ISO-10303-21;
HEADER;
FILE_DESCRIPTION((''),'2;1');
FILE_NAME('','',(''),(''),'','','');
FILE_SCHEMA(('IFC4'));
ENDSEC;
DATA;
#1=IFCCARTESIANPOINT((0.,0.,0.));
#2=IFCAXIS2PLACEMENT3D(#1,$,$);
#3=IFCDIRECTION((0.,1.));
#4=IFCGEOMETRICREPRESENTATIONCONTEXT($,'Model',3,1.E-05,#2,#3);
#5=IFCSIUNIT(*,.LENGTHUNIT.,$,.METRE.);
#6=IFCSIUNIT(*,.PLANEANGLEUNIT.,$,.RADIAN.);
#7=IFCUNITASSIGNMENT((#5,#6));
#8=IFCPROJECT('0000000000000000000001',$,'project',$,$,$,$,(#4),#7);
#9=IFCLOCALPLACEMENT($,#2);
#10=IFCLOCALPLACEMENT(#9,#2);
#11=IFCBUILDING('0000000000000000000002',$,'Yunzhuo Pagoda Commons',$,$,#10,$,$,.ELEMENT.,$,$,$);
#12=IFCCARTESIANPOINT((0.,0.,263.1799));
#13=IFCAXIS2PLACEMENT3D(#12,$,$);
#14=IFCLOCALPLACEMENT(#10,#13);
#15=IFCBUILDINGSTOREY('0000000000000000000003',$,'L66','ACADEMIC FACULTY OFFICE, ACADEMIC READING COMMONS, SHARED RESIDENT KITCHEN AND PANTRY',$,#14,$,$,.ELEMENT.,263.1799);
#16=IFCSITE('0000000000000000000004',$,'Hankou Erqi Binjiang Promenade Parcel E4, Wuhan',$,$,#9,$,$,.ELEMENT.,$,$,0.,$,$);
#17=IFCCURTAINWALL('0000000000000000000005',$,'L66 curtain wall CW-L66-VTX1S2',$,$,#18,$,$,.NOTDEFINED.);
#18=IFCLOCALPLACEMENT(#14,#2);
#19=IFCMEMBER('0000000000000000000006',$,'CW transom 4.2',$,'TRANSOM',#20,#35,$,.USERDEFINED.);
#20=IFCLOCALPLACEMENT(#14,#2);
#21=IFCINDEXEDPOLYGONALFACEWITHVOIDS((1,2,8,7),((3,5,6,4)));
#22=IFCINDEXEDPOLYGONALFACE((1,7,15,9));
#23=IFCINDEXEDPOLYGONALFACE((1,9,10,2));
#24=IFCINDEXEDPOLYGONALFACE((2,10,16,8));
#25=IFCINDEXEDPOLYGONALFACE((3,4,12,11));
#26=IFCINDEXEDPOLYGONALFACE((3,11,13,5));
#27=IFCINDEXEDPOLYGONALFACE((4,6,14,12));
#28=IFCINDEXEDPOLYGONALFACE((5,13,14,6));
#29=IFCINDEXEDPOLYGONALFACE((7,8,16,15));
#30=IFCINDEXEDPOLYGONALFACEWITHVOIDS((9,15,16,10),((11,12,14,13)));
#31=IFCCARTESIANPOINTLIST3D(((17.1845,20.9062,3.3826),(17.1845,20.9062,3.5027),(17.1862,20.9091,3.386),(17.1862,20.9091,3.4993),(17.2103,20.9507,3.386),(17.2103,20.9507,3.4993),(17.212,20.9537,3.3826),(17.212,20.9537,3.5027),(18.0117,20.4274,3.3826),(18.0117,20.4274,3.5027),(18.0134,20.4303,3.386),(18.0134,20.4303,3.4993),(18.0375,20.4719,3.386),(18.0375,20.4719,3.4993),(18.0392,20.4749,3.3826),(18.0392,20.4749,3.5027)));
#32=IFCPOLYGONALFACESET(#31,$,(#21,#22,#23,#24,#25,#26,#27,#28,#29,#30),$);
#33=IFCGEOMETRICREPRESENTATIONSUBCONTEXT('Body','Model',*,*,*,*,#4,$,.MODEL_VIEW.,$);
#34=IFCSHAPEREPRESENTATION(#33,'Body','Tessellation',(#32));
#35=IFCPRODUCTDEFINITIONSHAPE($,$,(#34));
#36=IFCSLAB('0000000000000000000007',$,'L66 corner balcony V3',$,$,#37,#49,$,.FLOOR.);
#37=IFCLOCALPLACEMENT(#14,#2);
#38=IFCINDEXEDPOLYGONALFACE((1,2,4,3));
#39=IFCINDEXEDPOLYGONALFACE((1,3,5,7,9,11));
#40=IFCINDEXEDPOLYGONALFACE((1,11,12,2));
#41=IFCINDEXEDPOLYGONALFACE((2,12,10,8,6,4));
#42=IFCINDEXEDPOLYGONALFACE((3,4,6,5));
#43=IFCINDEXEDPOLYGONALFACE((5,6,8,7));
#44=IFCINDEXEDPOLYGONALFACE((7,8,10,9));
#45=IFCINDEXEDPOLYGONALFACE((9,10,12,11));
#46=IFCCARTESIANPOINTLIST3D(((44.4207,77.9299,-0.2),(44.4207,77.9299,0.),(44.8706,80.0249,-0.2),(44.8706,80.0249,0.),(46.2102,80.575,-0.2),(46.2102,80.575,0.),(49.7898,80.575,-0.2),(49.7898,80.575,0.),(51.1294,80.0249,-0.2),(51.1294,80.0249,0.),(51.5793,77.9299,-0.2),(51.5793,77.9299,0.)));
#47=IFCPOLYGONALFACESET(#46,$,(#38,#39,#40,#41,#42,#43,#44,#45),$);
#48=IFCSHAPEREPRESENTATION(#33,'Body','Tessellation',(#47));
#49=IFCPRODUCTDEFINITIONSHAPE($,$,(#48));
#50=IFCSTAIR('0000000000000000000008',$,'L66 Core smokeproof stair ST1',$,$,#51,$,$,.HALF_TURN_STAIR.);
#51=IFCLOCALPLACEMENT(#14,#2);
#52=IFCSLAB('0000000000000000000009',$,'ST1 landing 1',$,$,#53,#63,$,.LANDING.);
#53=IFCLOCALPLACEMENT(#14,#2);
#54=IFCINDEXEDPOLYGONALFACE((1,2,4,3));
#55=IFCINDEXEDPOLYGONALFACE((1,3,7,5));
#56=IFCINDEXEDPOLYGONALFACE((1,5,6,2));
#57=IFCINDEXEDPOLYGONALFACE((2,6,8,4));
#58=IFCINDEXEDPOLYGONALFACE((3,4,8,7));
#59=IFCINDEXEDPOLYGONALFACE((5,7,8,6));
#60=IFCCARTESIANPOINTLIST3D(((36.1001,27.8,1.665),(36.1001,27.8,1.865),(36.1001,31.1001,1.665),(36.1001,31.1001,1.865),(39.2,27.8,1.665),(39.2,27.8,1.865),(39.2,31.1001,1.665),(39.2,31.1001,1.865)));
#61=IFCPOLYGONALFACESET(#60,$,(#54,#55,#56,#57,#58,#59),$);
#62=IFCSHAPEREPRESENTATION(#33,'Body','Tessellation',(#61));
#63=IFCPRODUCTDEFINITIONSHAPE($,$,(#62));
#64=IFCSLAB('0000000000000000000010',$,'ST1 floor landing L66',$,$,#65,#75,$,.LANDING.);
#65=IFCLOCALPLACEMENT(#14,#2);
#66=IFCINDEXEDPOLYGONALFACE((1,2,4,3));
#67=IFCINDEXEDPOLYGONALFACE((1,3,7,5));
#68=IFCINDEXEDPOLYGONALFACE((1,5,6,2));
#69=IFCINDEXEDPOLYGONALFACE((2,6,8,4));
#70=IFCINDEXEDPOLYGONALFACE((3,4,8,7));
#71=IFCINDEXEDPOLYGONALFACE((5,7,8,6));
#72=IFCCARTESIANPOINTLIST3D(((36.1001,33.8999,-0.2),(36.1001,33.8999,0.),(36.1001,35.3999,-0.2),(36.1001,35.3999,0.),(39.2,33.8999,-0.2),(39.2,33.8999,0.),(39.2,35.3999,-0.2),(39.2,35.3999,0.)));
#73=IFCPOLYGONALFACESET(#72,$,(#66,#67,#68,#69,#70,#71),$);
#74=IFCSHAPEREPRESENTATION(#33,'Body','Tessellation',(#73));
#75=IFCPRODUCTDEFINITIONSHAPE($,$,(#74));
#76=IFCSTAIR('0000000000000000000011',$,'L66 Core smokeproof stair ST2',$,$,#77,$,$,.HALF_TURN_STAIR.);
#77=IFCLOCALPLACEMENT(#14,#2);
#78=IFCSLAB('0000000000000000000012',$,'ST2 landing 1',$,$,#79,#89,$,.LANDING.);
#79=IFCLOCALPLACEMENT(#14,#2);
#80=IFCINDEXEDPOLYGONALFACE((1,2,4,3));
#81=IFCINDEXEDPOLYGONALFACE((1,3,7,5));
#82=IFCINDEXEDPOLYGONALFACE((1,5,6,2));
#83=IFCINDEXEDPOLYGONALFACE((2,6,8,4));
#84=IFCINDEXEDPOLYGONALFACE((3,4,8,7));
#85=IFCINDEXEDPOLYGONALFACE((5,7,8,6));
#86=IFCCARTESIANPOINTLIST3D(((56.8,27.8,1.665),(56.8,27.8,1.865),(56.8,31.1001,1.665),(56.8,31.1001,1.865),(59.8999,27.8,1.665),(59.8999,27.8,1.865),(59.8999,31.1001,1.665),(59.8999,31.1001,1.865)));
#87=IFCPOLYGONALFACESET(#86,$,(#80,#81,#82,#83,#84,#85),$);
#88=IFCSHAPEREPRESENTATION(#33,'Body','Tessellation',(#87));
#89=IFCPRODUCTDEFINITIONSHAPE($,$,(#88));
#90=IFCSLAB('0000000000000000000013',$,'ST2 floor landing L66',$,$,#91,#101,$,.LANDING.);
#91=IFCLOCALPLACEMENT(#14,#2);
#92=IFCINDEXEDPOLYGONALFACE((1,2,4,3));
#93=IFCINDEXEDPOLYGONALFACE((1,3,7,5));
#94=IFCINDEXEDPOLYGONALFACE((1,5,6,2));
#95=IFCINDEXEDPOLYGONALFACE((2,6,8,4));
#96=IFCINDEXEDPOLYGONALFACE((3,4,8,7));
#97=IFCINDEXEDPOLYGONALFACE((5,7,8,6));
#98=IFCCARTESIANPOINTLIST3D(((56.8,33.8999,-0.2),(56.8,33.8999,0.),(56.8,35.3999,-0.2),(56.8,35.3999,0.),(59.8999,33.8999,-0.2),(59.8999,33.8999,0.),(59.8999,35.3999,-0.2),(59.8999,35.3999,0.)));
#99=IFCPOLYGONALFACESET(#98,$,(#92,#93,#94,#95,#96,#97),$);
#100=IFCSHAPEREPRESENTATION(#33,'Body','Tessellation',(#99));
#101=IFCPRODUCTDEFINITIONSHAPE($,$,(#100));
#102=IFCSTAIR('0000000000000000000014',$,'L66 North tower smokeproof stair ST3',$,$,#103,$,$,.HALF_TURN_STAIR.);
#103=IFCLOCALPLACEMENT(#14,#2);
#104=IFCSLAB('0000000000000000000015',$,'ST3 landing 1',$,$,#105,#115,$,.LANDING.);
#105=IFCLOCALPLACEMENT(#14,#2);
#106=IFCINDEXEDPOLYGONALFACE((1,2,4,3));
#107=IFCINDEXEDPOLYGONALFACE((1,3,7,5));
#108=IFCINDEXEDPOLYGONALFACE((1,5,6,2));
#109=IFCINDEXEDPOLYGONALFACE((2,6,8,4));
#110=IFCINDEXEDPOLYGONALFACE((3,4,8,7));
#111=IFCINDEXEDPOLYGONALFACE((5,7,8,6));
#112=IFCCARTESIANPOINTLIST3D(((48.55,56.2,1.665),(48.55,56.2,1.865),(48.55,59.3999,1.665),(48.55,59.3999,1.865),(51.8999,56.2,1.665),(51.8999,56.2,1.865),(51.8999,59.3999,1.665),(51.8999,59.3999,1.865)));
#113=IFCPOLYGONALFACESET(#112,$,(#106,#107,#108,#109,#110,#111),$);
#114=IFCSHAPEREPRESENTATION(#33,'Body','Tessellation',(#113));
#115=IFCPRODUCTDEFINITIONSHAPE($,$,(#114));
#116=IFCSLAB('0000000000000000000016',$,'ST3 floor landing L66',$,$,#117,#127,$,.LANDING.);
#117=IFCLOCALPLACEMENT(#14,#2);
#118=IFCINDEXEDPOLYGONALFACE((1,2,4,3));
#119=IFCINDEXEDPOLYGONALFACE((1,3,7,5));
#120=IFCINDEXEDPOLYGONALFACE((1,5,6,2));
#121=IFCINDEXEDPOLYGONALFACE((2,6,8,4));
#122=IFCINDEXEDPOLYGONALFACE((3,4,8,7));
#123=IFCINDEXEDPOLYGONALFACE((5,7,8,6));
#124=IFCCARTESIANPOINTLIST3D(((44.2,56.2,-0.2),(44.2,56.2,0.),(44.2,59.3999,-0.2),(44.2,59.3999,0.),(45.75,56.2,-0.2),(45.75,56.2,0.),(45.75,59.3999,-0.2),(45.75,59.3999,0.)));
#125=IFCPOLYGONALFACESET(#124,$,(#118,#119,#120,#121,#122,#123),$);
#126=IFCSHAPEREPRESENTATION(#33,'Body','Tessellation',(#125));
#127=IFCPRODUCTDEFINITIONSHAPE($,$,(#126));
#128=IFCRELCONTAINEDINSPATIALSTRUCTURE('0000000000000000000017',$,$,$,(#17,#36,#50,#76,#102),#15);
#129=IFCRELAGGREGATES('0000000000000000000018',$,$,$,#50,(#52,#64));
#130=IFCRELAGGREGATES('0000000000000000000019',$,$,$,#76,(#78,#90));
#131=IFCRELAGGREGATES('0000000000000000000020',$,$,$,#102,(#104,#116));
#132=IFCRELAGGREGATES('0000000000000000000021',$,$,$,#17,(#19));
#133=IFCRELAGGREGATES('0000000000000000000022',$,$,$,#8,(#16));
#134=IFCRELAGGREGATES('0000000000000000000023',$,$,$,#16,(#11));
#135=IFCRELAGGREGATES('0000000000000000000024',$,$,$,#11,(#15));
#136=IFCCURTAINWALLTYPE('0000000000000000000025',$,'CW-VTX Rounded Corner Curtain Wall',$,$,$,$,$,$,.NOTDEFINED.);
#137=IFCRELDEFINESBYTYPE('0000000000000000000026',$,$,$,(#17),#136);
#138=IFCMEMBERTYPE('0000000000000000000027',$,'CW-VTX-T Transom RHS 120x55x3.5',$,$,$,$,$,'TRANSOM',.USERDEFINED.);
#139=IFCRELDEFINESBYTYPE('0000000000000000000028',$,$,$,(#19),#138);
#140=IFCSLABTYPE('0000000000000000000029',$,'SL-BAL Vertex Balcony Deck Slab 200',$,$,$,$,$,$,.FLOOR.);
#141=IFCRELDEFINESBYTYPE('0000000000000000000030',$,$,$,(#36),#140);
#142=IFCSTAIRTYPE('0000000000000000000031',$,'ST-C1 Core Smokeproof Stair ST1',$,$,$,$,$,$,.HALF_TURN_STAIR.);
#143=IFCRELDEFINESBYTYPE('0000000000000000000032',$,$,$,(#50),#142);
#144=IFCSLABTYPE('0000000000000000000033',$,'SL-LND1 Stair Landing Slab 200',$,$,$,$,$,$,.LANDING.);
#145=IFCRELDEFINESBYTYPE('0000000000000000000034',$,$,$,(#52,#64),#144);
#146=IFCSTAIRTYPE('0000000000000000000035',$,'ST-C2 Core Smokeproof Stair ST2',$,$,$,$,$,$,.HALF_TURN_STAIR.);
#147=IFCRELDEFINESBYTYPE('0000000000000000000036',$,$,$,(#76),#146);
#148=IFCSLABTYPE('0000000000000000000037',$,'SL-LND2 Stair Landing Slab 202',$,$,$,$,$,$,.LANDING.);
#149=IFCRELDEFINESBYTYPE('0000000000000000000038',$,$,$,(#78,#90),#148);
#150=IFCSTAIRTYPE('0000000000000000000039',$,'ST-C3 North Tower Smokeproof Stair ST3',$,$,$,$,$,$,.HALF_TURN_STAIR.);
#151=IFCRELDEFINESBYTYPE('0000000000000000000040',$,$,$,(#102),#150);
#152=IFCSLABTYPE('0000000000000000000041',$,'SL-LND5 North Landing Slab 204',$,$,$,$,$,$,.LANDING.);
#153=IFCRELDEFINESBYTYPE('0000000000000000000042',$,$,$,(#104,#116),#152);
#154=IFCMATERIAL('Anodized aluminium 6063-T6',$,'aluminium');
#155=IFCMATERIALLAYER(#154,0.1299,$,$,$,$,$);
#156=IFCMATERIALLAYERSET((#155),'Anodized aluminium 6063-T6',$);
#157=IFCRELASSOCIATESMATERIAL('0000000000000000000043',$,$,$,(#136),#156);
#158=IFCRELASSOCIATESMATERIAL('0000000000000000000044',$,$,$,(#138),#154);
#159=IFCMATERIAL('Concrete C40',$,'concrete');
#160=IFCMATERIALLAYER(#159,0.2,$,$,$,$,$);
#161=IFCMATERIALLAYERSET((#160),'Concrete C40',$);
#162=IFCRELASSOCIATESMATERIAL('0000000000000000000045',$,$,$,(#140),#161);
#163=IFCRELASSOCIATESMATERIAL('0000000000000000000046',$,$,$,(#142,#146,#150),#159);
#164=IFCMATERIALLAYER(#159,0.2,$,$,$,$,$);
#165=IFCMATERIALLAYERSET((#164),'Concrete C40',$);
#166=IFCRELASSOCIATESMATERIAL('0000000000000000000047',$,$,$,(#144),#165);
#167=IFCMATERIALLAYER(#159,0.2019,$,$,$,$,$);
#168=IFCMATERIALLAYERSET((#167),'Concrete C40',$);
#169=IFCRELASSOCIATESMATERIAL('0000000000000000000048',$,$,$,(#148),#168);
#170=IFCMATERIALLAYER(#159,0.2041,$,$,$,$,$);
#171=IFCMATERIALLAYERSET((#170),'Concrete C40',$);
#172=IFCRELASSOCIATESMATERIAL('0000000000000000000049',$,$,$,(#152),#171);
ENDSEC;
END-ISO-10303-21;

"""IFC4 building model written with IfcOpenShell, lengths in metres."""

from ifc_helpers import new_model, si_unit, direction, frame, origin, origin_2d, place, context, subcontext, project, spatial, polyline, hollow_rectangle, outline, extrude, source, transform, mapped, material, layer, layer_set, material_profile, profile_set, type_object, element, aggregate, save


model = new_model("IFC4")

# Units and contexts
model_context = context("Model", 3, precision=1e-05, world=origin(), true_north=direction((0.0, 1.0)))
body_context = subcontext(model_context, "Body", "Model", "MODEL_VIEW")
ifc_project = project(units=[si_unit("LENGTHUNIT", "METRE"), si_unit("PLANEANGLEUNIT", "RADIAN")], contexts=[model_context])

# Site, building, storey
site_placement = place(None, origin())
site = spatial("IfcSite", under=ifc_project, at=site_placement, Name="Hankou Erqi Binjiang Promenade Parcel E4, Wuhan", CompositionType="ELEMENT", RefElevation=0.0)
building_placement = place(site_placement, origin())
building = spatial("IfcBuilding", under=site, at=building_placement, Name="Yunzhuo Pagoda Commons", CompositionType="ELEMENT")
storey_placement = place(building_placement, frame((0.0, 0.0, 263.1799)))
storey = spatial("IfcBuildingStorey", under=building, at=storey_placement, Name="L66", Description="ACADEMIC FACULTY OFFICE, ACADEMIC READING COMMONS, SHARED RESIDENT KITCHEN AND PANTRY", CompositionType="ELEMENT", Elevation=263.1799)

# Shared definitions
ifc_material_1 = material(Name="Anodized aluminium 6063-T6", Category="aluminium")

# Curtain wall
ifc_layer_1 = layer(ifc_material_1, 0.1299)
ifc_layer_set_1 = layer_set([ifc_layer_1], Name="Anodized aluminium 6063-T6")
curtain_wall_type_1 = type_object("IfcCurtainWallType", Name="CW-VTX Rounded Corner Curtain Wall", PredefinedType="NOTDEFINED", material=ifc_layer_set_1)
curtain_wall_1_placement = place(storey_placement, origin())
curtain_wall_1 = element("IfcCurtainWall", 1, at=curtain_wall_1_placement, inside=storey, type_object=curtain_wall_type_1, Name="L66 curtain wall CW-L66-VTX1S2", PredefinedType="NOTDEFINED")

# Member
ifc_material_profile_1 = material_profile(ifc_material_1, hollow_rectangle(XDim=0.0549, YDim=0.1201, WallThickness=0.0034, at=origin_2d()), Name="Anodized aluminium 6063-T6")
ifc_profile_set_1 = profile_set([ifc_material_profile_1], Name="Anodized aluminium 6063-T6")
member_type_1 = type_object("IfcMemberType", Name="CW-VTX-T Transom RHS 120x55x3.5", ElementType="TRANSOM", PredefinedType="USERDEFINED", material=ifc_profile_set_1)
shared_shape_1 = source(origin(), body_context, "Body", "SweptSolid", [
    extrude(hollow_rectangle(XDim=0.0549, YDim=0.1201, WallThickness=0.0034, at=origin_2d()), origin(), (0.0, 0.0, 1.0), 0.9558),
])
member_1_placement = place(storey_placement, frame((17.1982, 20.9299, 3.4426), z_axis=(0.865479, -0.500946, 0.0), x_axis=(0.500946, 0.865479, 0.0)))
member_1 = element("IfcMember", 2, at=member_1_placement, type_object=member_type_1, Name="CW transom 4.2", ObjectType="TRANSOM", PredefinedType="USERDEFINED", context=body_context, shape_type="MappedRepresentation", body=[
    mapped(shared_shape_1, transform((0.0, 0.0, 0.0), scale=1.0)),
])

# Slab
ifc_material_2 = material(Name="Concrete C40", Category="concrete")
ifc_layer_2 = layer(ifc_material_2, 0.2)
ifc_layer_set_2 = layer_set([ifc_layer_2], Name="Concrete C40")
slab_type_1 = type_object("IfcSlabType", Name="SL-BAL Vertex Balcony Deck Slab 200", PredefinedType="FLOOR", material=ifc_layer_set_2)
slab_1_placement = place(storey_placement, frame((0.0, 0.0, -0.2)))
element("IfcSlab", 3, at=slab_1_placement, inside=storey, type_object=slab_type_1, Name="L66 corner balcony V3", PredefinedType="FLOOR", context=body_context, shape_type="SweptSolid", body=[
    extrude(outline(polyline([(51.5793, 77.9299), (44.4207, 77.9299), (44.8706, 80.0249), (46.2102, 80.575), (49.7898, 80.575), (51.1294, 80.0249), (51.5793, 77.9299)])), origin(), (0.0, 0.0, 1.0), 0.2),
])

# Stairs, slabs
stair_type_1 = type_object("IfcStairType", Name="ST-C1 Core Smokeproof Stair ST1", PredefinedType="HALF_TURN_STAIR", material=ifc_material_2)
stair_1_placement = place(storey_placement, origin())
stair_1 = element("IfcStair", 4, at=stair_1_placement, inside=storey, type_object=stair_type_1, Name="L66 Core smokeproof stair ST1", PredefinedType="HALF_TURN_STAIR")
ifc_layer_3 = layer(ifc_material_2, 0.2)
ifc_layer_set_3 = layer_set([ifc_layer_3], Name="Concrete C40")
slab_type_2 = type_object("IfcSlabType", Name="SL-LND1 Stair Landing Slab 200", PredefinedType="LANDING", material=ifc_layer_set_3)
slab_2_placement = place(storey_placement, frame((0.0, 0.0, 1.665)))
slab_2 = element("IfcSlab", 5, at=slab_2_placement, type_object=slab_type_2, Name="ST1 landing 1", PredefinedType="LANDING", context=body_context, shape_type="SweptSolid", body=[
    extrude(outline(polyline([(36.1001, 31.1001), (36.1001, 27.8), (39.2, 27.8), (39.2, 31.1001), (36.1001, 31.1001)])), origin(), (0.0, 0.0, 1.0), 0.2),
])
slab_3_placement = place(storey_placement, frame((0.0, 0.0, -0.2)))
slab_3 = element("IfcSlab", 6, at=slab_3_placement, type_object=slab_type_2, Name="ST1 floor landing L66", PredefinedType="LANDING", context=body_context, shape_type="SweptSolid", body=[
    extrude(outline(polyline([(36.1001, 35.3999), (36.1001, 33.8999), (39.2, 33.8999), (39.2, 35.3999), (36.1001, 35.3999)])), origin(), (0.0, 0.0, 1.0), 0.2),
])
aggregate(stair_1, [slab_2, slab_3])
stair_type_2 = type_object("IfcStairType", Name="ST-C2 Core Smokeproof Stair ST2", PredefinedType="HALF_TURN_STAIR", material=ifc_material_2)
stair_2_placement = place(storey_placement, origin())
stair_2 = element("IfcStair", 7, at=stair_2_placement, inside=storey, type_object=stair_type_2, Name="L66 Core smokeproof stair ST2", PredefinedType="HALF_TURN_STAIR")
ifc_layer_4 = layer(ifc_material_2, 0.2019)
ifc_layer_set_4 = layer_set([ifc_layer_4], Name="Concrete C40")
slab_type_3 = type_object("IfcSlabType", Name="SL-LND2 Stair Landing Slab 202", PredefinedType="LANDING", material=ifc_layer_set_4)
slab_4_placement = place(storey_placement, frame((0.0, 0.0, 1.665)))
slab_4 = element("IfcSlab", 8, at=slab_4_placement, type_object=slab_type_3, Name="ST2 landing 1", PredefinedType="LANDING", context=body_context, shape_type="SweptSolid", body=[
    extrude(outline(polyline([(56.8, 31.1001), (56.8, 27.8), (59.8999, 27.8), (59.8999, 31.1001), (56.8, 31.1001)])), origin(), (0.0, 0.0, 1.0), 0.2),
])
slab_5_placement = place(storey_placement, frame((0.0, 0.0, -0.2)))
slab_5 = element("IfcSlab", 9, at=slab_5_placement, type_object=slab_type_3, Name="ST2 floor landing L66", PredefinedType="LANDING", context=body_context, shape_type="SweptSolid", body=[
    extrude(outline(polyline([(56.8, 35.3999), (56.8, 33.8999), (59.8999, 33.8999), (59.8999, 35.3999), (56.8, 35.3999)])), origin(), (0.0, 0.0, 1.0), 0.2),
])
aggregate(stair_2, [slab_4, slab_5])
stair_type_3 = type_object("IfcStairType", Name="ST-C3 North Tower Smokeproof Stair ST3", PredefinedType="HALF_TURN_STAIR", material=ifc_material_2)
stair_3_placement = place(storey_placement, origin())
stair_3 = element("IfcStair", 10, at=stair_3_placement, inside=storey, type_object=stair_type_3, Name="L66 North tower smokeproof stair ST3", PredefinedType="HALF_TURN_STAIR")
ifc_layer_5 = layer(ifc_material_2, 0.2041)
ifc_layer_set_5 = layer_set([ifc_layer_5], Name="Concrete C40")
slab_type_4 = type_object("IfcSlabType", Name="SL-LND5 North Landing Slab 204", PredefinedType="LANDING", material=ifc_layer_set_5)
slab_6_placement = place(storey_placement, frame((0.0, 0.0, 1.665)))
slab_6 = element("IfcSlab", 11, at=slab_6_placement, type_object=slab_type_4, Name="ST3 landing 1", PredefinedType="LANDING", context=body_context, shape_type="SweptSolid", body=[
    extrude(outline(polyline([(48.55, 56.2), (51.8999, 56.2), (51.8999, 59.3999), (48.55, 59.3999), (48.55, 56.2)])), origin(), (0.0, 0.0, 1.0), 0.2),
])
slab_7_placement = place(storey_placement, frame((0.0, 0.0, -0.2)))
slab_7 = element("IfcSlab", 12, at=slab_7_placement, type_object=slab_type_4, Name="ST3 floor landing L66", PredefinedType="LANDING", context=body_context, shape_type="SweptSolid", body=[
    extrude(outline(polyline([(44.2, 56.2), (45.75, 56.2), (45.75, 59.3999), (44.2, 59.3999), (44.2, 56.2)])), origin(), (0.0, 0.0, 1.0), 0.2),
])
aggregate(stair_3, [slab_6, slab_7])

aggregate(curtain_wall_1, [member_1])

save(model, "model.ifc")
